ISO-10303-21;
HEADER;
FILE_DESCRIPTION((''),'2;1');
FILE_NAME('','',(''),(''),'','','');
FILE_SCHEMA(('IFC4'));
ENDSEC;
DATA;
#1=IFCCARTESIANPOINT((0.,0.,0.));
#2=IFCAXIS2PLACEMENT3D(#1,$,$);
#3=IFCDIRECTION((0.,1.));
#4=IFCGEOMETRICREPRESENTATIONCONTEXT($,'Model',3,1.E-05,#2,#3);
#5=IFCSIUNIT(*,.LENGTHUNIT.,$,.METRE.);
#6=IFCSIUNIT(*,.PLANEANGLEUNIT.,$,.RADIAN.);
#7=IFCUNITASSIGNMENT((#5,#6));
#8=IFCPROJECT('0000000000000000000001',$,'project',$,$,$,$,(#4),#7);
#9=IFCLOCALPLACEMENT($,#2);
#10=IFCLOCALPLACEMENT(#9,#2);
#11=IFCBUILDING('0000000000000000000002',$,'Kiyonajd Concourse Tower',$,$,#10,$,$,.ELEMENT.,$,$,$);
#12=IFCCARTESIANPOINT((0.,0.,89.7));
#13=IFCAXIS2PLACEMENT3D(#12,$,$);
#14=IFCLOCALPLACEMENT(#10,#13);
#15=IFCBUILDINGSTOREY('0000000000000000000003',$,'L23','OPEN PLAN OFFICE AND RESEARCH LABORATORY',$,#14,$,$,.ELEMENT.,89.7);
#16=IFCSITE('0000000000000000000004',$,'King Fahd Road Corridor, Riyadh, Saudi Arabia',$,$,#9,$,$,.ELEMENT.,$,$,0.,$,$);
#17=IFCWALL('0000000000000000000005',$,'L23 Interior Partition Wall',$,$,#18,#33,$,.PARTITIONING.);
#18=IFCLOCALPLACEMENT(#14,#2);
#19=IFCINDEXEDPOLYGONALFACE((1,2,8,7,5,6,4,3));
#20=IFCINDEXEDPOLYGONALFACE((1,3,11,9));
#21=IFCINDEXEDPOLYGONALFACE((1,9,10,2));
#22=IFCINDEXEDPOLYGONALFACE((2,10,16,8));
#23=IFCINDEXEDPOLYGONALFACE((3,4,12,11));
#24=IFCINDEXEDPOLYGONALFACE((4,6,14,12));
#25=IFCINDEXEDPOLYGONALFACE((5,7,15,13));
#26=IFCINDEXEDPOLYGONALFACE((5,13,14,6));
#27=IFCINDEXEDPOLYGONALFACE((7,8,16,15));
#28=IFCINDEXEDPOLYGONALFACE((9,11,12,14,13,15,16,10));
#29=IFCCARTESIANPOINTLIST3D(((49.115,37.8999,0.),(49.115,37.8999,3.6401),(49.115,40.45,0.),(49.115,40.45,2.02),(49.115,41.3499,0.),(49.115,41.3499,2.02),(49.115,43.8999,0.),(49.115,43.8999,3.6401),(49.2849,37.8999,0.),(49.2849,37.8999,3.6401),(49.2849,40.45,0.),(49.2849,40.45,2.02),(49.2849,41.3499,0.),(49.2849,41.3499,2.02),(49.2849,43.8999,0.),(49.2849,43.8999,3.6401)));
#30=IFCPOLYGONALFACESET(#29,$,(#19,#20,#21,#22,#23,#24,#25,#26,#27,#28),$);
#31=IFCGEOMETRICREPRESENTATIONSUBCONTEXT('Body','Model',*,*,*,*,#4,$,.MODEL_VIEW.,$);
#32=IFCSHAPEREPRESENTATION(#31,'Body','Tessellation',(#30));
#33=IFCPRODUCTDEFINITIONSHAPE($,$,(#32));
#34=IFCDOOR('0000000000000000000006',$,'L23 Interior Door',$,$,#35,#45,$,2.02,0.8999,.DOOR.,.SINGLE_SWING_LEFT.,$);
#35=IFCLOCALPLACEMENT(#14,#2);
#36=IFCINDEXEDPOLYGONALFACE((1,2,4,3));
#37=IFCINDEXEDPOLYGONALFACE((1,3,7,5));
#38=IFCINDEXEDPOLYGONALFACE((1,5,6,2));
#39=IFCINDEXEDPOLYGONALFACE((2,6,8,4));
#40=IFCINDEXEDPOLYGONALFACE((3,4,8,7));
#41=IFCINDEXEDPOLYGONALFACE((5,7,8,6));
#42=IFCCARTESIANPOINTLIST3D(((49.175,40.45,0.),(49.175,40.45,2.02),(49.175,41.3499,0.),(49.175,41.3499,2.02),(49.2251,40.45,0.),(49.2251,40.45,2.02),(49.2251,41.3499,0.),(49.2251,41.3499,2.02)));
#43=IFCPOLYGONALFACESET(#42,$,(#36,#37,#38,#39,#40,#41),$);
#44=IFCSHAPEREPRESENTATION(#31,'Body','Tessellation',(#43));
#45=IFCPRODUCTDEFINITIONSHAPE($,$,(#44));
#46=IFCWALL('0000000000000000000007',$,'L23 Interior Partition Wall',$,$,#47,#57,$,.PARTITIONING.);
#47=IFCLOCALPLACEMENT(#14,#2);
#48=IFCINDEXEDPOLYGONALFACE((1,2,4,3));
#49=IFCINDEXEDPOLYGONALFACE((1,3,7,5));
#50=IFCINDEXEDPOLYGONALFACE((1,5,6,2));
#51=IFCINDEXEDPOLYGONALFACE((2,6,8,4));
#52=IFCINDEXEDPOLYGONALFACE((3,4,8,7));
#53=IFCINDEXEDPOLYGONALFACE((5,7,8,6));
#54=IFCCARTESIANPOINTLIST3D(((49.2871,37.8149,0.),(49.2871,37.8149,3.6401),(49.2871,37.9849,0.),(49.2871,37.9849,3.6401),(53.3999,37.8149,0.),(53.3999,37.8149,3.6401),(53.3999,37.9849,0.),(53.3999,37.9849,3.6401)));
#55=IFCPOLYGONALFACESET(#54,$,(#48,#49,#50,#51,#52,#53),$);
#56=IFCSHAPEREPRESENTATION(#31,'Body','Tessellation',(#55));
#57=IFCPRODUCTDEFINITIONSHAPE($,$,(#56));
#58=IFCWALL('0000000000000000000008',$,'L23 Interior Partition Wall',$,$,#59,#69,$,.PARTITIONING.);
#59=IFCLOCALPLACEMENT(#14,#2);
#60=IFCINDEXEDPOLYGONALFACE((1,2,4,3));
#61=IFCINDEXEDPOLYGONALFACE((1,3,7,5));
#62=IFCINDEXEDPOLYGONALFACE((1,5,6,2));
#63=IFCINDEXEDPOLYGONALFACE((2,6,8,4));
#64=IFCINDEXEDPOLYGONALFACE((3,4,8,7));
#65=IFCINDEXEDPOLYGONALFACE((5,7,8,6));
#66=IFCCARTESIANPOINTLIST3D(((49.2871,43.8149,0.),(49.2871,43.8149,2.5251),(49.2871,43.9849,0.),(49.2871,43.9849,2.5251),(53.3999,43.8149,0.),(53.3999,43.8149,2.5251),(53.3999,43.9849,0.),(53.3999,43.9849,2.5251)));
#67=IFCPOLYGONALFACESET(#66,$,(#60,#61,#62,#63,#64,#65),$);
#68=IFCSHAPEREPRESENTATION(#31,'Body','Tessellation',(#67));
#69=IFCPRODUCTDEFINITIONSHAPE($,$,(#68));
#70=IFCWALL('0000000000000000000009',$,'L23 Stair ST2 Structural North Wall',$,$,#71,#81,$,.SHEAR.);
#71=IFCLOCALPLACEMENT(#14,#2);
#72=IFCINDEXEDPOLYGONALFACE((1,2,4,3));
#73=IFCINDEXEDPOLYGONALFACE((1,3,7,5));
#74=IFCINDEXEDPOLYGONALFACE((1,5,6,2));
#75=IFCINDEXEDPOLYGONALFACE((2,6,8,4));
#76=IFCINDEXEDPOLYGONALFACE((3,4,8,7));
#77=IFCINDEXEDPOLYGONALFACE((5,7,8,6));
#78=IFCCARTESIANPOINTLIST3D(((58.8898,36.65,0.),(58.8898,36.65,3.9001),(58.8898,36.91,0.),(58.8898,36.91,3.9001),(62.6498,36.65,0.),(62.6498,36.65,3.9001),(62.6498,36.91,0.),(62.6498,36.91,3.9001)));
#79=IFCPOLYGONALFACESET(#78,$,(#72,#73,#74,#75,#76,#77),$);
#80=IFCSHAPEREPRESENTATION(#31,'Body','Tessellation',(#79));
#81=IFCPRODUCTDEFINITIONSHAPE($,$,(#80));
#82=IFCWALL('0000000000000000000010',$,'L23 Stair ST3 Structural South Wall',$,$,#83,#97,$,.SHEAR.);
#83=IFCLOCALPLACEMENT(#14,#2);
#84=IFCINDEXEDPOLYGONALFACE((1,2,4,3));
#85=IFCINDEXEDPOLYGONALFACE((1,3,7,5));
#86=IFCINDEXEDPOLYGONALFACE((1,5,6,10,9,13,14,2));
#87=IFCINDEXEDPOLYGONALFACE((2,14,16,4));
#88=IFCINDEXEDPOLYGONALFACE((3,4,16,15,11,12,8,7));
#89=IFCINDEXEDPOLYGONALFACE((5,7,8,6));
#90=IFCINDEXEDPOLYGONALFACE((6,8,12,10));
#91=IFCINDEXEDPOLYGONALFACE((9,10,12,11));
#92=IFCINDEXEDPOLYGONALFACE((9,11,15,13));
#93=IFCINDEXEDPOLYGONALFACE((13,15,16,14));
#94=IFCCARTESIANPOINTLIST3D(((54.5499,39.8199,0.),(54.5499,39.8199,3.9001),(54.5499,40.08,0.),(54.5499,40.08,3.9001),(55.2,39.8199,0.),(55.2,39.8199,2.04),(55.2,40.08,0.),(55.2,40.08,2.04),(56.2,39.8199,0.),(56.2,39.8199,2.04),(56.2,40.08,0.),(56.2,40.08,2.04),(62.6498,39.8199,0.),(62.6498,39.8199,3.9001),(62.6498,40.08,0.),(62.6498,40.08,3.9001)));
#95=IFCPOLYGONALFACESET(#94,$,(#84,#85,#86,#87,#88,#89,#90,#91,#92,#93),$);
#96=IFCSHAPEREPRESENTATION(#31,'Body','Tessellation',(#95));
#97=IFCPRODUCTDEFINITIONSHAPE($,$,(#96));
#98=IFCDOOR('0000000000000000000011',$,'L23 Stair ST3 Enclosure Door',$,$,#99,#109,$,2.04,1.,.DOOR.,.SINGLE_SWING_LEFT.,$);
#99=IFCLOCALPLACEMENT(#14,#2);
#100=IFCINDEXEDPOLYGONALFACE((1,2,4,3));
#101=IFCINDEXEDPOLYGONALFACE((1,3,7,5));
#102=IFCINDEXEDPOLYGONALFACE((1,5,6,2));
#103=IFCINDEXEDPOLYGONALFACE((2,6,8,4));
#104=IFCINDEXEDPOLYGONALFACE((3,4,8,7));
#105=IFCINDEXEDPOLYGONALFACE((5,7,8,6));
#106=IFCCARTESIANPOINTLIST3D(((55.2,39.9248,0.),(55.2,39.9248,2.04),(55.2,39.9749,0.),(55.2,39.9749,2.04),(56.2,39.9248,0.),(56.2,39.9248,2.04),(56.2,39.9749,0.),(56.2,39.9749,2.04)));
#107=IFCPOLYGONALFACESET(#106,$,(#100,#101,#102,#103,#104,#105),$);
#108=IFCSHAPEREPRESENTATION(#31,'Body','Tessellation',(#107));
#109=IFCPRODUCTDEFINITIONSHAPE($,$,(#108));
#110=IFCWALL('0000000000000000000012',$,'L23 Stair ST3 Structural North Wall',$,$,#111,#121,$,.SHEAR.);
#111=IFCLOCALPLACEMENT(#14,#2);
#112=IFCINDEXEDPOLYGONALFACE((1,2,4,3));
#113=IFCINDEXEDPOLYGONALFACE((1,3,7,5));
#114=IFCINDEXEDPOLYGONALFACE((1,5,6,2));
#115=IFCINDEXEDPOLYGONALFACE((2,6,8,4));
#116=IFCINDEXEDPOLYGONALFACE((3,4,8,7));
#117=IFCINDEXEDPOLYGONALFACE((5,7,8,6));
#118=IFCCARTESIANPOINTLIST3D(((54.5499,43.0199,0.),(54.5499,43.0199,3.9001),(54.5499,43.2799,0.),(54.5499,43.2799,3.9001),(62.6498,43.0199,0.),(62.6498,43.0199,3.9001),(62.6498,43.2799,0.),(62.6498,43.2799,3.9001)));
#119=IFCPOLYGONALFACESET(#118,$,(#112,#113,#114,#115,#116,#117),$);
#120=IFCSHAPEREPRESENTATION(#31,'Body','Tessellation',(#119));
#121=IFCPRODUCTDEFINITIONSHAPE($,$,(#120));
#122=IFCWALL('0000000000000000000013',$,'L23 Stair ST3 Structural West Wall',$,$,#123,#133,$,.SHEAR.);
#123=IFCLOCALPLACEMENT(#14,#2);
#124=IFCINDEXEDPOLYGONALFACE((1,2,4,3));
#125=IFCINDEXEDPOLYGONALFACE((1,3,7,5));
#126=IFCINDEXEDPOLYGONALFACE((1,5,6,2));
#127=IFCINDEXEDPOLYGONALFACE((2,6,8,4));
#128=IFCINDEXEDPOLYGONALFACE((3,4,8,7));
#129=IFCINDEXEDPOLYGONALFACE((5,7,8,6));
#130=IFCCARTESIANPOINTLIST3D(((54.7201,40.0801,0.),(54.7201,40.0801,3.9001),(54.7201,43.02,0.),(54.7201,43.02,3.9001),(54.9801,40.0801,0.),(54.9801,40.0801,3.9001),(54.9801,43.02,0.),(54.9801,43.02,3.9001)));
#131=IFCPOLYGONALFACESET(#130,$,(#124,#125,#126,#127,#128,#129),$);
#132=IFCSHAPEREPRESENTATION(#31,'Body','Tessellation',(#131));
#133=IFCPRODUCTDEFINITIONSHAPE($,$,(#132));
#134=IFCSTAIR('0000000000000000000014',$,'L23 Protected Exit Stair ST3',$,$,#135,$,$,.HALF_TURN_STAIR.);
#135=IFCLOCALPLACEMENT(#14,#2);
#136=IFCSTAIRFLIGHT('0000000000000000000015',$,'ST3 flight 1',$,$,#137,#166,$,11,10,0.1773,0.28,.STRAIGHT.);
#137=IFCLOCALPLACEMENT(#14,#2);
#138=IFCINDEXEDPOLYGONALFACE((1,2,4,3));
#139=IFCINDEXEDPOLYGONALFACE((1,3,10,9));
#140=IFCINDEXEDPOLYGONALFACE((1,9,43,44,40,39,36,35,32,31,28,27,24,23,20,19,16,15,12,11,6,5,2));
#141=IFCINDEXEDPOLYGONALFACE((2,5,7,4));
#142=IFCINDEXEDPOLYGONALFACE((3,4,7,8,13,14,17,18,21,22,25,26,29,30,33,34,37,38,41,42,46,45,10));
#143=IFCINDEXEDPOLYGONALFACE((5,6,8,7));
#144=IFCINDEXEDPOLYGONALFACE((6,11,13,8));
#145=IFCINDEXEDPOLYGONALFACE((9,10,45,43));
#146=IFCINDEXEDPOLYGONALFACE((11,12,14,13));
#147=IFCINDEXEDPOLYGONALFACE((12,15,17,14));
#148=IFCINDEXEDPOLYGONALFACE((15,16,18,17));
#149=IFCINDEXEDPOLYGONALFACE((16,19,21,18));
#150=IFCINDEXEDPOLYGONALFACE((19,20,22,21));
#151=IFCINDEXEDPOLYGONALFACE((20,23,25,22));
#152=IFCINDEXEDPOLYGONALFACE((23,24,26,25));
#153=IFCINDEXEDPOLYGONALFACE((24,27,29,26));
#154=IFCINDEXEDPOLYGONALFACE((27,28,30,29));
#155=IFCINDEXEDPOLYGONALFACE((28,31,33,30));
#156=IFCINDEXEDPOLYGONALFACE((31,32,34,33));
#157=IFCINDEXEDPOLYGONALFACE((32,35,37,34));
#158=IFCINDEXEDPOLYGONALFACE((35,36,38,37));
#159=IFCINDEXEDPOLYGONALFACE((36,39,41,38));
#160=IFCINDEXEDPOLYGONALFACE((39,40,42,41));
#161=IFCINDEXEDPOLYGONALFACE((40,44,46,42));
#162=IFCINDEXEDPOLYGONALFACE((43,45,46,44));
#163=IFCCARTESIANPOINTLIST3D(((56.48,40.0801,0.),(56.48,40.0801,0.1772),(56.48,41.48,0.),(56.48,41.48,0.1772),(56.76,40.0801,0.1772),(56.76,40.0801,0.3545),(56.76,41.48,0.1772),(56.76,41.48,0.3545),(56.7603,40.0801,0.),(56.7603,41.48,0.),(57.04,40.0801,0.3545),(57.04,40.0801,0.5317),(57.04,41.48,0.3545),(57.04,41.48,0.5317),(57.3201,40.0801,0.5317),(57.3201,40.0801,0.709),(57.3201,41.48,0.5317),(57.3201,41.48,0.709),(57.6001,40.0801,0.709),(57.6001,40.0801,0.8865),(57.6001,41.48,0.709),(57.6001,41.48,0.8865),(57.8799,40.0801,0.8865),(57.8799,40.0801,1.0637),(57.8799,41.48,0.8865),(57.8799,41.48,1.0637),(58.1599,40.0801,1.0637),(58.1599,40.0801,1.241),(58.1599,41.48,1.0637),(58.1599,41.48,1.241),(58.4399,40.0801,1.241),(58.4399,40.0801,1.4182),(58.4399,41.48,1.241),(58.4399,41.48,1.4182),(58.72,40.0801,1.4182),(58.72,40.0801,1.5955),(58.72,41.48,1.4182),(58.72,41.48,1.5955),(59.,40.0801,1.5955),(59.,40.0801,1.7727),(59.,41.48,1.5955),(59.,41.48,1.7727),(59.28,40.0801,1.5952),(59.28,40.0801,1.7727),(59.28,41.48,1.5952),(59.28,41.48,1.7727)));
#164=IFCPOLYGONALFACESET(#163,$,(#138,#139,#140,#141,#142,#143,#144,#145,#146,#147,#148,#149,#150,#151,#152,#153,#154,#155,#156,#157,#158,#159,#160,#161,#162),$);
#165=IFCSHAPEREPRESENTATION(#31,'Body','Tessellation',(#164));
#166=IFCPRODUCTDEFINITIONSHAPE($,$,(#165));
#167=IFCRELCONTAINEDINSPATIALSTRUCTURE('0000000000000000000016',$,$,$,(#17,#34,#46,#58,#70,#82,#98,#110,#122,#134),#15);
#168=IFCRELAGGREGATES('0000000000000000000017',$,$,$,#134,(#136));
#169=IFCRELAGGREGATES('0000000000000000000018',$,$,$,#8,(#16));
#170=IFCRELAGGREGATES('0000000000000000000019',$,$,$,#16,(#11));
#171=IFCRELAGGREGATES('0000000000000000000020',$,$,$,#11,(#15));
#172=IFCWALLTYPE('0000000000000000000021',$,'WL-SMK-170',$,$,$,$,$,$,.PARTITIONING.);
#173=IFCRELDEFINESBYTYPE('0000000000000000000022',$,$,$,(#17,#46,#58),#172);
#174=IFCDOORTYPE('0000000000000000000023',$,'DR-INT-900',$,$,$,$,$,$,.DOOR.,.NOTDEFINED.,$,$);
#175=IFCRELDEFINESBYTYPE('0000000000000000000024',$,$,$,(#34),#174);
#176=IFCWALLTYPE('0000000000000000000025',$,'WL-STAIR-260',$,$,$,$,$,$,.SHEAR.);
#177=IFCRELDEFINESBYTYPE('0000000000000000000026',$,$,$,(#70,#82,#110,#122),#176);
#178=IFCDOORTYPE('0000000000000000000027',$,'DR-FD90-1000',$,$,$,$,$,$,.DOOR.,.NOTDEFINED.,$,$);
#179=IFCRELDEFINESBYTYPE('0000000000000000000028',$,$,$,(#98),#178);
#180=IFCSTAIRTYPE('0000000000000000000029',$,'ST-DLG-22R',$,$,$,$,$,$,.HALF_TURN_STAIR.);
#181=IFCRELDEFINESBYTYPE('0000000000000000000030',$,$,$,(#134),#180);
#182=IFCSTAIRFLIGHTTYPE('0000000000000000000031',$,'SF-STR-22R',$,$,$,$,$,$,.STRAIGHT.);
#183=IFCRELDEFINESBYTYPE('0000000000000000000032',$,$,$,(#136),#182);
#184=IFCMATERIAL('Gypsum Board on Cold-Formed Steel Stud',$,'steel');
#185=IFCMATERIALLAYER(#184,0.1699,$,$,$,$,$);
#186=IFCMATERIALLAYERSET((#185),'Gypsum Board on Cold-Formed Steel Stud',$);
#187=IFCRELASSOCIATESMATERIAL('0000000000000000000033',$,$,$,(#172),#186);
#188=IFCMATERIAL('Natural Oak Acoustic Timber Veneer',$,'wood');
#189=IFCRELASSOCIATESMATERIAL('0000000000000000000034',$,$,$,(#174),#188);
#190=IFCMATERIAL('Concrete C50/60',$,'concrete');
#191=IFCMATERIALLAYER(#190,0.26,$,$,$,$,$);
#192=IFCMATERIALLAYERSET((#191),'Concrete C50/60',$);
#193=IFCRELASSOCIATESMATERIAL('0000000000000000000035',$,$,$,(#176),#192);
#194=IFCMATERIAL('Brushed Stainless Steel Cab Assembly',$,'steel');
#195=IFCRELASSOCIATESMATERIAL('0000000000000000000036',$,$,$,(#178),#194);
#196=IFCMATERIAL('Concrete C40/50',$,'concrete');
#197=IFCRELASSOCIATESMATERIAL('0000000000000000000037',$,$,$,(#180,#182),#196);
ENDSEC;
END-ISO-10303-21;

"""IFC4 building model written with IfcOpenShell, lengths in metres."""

from ifc_helpers import new_model, si_unit, direction, frame, frame_2d, origin, place, context, subcontext, project, spatial, polyline, rectangle, outline, extrude, material, layer, layer_set, type_object, element, fill, aggregate, save


model = new_model("IFC4")

# Units and contexts
model_context = context("Model", 3, precision=1e-05, world=origin(), true_north=direction((0.0, 1.0)))
body_context = subcontext(model_context, "Body", "Model", "MODEL_VIEW")
ifc_project = project(units=[si_unit("LENGTHUNIT", "METRE"), si_unit("PLANEANGLEUNIT", "RADIAN")], contexts=[model_context])

# Site, building, storey
site_placement = place(None, origin())
site = spatial("IfcSite", under=ifc_project, at=site_placement, Name="King Fahd Road Corridor, Riyadh, Saudi Arabia", CompositionType="ELEMENT", RefElevation=0.0)
building_placement = place(site_placement, origin())
building = spatial("IfcBuilding", under=site, at=building_placement, Name="Kiyonajd Concourse Tower", CompositionType="ELEMENT")
storey_placement = place(building_placement, frame((0.0, 0.0, 89.7)))
storey = spatial("IfcBuildingStorey", under=building, at=storey_placement, Name="L23", Description="OPEN PLAN OFFICE AND RESEARCH LABORATORY", CompositionType="ELEMENT", Elevation=89.7)

# Shared definitions
ifc_material_1 = material(Name="Concrete C50/60", Category="concrete")

# Shared definitions
ifc_material_2 = material(Name="Gypsum Board on Cold-Formed Steel Stud", Category="steel")
ifc_layer_1 = layer(ifc_material_2, 0.1699)
ifc_layer_set_1 = layer_set([ifc_layer_1], Name="Gypsum Board on Cold-Formed Steel Stud")
wall_type_1 = type_object("IfcWallType", Name="WL-SMK-170", PredefinedType="PARTITIONING", material=ifc_layer_set_1)

# Shared definitions
ifc_material_3 = material(Name="Brushed Stainless Steel Cab Assembly", Category="steel")

# Wall, opening, door
wall_1_placement = place(storey_placement, frame((49.2, 37.8999, 0.0), z_axis=(0.0, 0.0, 1.0), x_axis=(0.0, 1.0, 0.0)))
wall_1 = element("IfcWall", 1, at=wall_1_placement, inside=storey, type_object=wall_type_1, Name="L23 Interior Partition Wall", PredefinedType="PARTITIONING", context=body_context, shape_type="SweptSolid", body=[
    extrude(rectangle(XDim=6.0, YDim=0.1699, at=frame_2d((3.0, 0.0))), origin(), (0.0, 0.0, 1.0), 3.6401),
])
opening_1_placement = place(wall_1_placement, frame((2.55, 0.0, 0.0)))
opening_1 = element("IfcOpeningElement", 2, at=opening_1_placement, cuts=wall_1, PredefinedType="OPENING", context=body_context, shape_type="SweptSolid", body=[
    extrude(rectangle(XDim=0.8999, YDim=2.02, at=frame_2d((0.45, 1.01))), frame((0.0, 0.095, 0.0), z_axis=(0.0, -1.0, 0.0), x_axis=(1.0, 0.0, 0.0)), (0.0, 0.0, 1.0), 0.1899),
])
ifc_material_4 = material(Name="Natural Oak Acoustic Timber Veneer", Category="wood")
door_type_1 = type_object("IfcDoorType", Name="DR-INT-900", OperationType="NOTDEFINED", PredefinedType="DOOR", material=ifc_material_4)
door_1_placement = place(opening_1_placement, origin())
door_1 = element("IfcDoor", 3, at=door_1_placement, inside=storey, type_object=door_type_1, Name="L23 Interior Door", OperationType="SINGLE_SWING_LEFT", OverallHeight=2.02, OverallWidth=0.8999, PredefinedType="DOOR", context=body_context, shape_type="SweptSolid", body=[
    extrude(rectangle(XDim=0.8999, YDim=2.02, at=frame_2d((0.45, 1.01))), frame((0.0, 0.0249, 0.0), z_axis=(0.0, -1.0, 0.0), x_axis=(1.0, 0.0, 0.0)), (0.0, 0.0, 1.0), 0.05),
])
fill(opening_1, door_1)

# Walls
wall_2_placement = place(storey_placement, frame((49.2871, 37.8999, 0.0), z_axis=(0.0, 0.0, 1.0), x_axis=(1.0, 0.0, 0.0)))
element("IfcWall", 4, at=wall_2_placement, inside=storey, type_object=wall_type_1, Name="L23 Interior Partition Wall", PredefinedType="PARTITIONING", context=body_context, shape_type="SweptSolid", body=[
    extrude(rectangle(XDim=4.1128, YDim=0.1699, at=frame_2d((2.0564, 0.0))), origin(), (0.0, 0.0, 1.0), 3.6401),
])
wall_3_placement = place(storey_placement, frame((49.2871, 43.8999, 0.0), z_axis=(0.0, 0.0, 1.0), x_axis=(1.0, 0.0, 0.0)))
element("IfcWall", 5, at=wall_3_placement, inside=storey, type_object=wall_type_1, Name="L23 Interior Partition Wall", PredefinedType="PARTITIONING", context=body_context, shape_type="SweptSolid", body=[
    extrude(rectangle(XDim=4.1128, YDim=0.1699, at=frame_2d((2.0564, 0.0))), origin(), (0.0, 0.0, 1.0), 2.5251),
])
ifc_layer_2 = layer(ifc_material_1, 0.26)
ifc_layer_set_2 = layer_set([ifc_layer_2], Name="Concrete C50/60")
wall_type_2 = type_object("IfcWallType", Name="WL-STAIR-260", PredefinedType="SHEAR", material=ifc_layer_set_2)
wall_4_placement = place(storey_placement, frame((58.8899, 36.78, 0.0), z_axis=(0.0, 0.0, 1.0), x_axis=(1.0, 0.0, 0.0)))
element("IfcWall", 6, at=wall_4_placement, inside=storey, type_object=wall_type_2, Name="L23 Stair ST2 Structural North Wall", PredefinedType="SHEAR", context=body_context, shape_type="SweptSolid", body=[
    extrude(rectangle(XDim=3.76, YDim=0.26, at=frame_2d((1.8799, 0.0))), origin(), (0.0, 0.0, 1.0), 3.9001),
])

# Wall, opening, door
wall_5_placement = place(storey_placement, frame((54.55, 39.95, 0.0), z_axis=(0.0, 0.0, 1.0), x_axis=(1.0, 0.0, 0.0)))
wall_5 = element("IfcWall", 7, at=wall_5_placement, inside=storey, type_object=wall_type_2, Name="L23 Stair ST3 Structural South Wall", PredefinedType="SHEAR", context=body_context, shape_type="SweptSolid", body=[
    extrude(rectangle(XDim=8.0999, YDim=0.26, at=frame_2d((4.0498, 0.0))), origin(), (0.0, 0.0, 1.0), 3.9001),
])
opening_2_placement = place(wall_5_placement, frame((0.6499, 0.0, 0.0)))
opening_2 = element("IfcOpeningElement", 8, at=opening_2_placement, cuts=wall_5, PredefinedType="OPENING", context=body_context, shape_type="SweptSolid", body=[
    extrude(rectangle(XDim=1.0, YDim=2.04, at=frame_2d((0.5, 1.02))), frame((0.0, 0.1399, 0.0), z_axis=(0.0, -1.0, 0.0), x_axis=(1.0, 0.0, 0.0)), (0.0, 0.0, 1.0), 0.28),
])
door_type_2 = type_object("IfcDoorType", Name="DR-FD90-1000", OperationType="NOTDEFINED", PredefinedType="DOOR", material=ifc_material_3)
door_2_placement = place(opening_2_placement, origin())
door_2 = element("IfcDoor", 9, at=door_2_placement, inside=storey, type_object=door_type_2, Name="L23 Stair ST3 Enclosure Door", OperationType="SINGLE_SWING_LEFT", OverallHeight=2.04, OverallWidth=1.0, PredefinedType="DOOR", context=body_context, shape_type="SweptSolid", body=[
    extrude(rectangle(XDim=1.0, YDim=2.04, at=frame_2d((0.5, 1.02))), frame((0.0, 0.0249, 0.0), z_axis=(0.0, -1.0, 0.0), x_axis=(1.0, 0.0, 0.0)), (0.0, 0.0, 1.0), 0.05),
])
fill(opening_2, door_2)

# Walls
wall_6_placement = place(storey_placement, frame((54.55, 43.1499, 0.0), z_axis=(0.0, 0.0, 1.0), x_axis=(1.0, 0.0, 0.0)))
element("IfcWall", 10, at=wall_6_placement, inside=storey, type_object=wall_type_2, Name="L23 Stair ST3 Structural North Wall", PredefinedType="SHEAR", context=body_context, shape_type="SweptSolid", body=[
    extrude(rectangle(XDim=8.0999, YDim=0.26, at=frame_2d((4.0498, 0.0))), origin(), (0.0, 0.0, 1.0), 3.9001),
])
wall_7_placement = place(storey_placement, frame((54.8501, 40.0801, 0.0), z_axis=(0.0, 0.0, 1.0), x_axis=(0.0, 1.0, 0.0)))
element("IfcWall", 11, at=wall_7_placement, inside=storey, type_object=wall_type_2, Name="L23 Stair ST3 Structural West Wall", PredefinedType="SHEAR", context=body_context, shape_type="SweptSolid", body=[
    extrude(rectangle(XDim=2.9399, YDim=0.26, at=frame_2d((1.47, 0.0))), origin(), (0.0, 0.0, 1.0), 3.9001),
])

# Stair, stair flight
ifc_material_5 = material(Name="Concrete C40/50", Category="concrete")
stair_type = type_object("IfcStairType", Name="ST-DLG-22R", PredefinedType="HALF_TURN_STAIR", material=ifc_material_5)
stair_placement = place(storey_placement, origin())
stair = element("IfcStair", 12, at=stair_placement, inside=storey, type_object=stair_type, Name="L23 Protected Exit Stair ST3", PredefinedType="HALF_TURN_STAIR")
stair_flight_type = type_object("IfcStairFlightType", Name="SF-STR-22R", PredefinedType="STRAIGHT", material=ifc_material_5)
stair_flight_1_placement = place(storey_placement, frame((56.48, 40.78, 0.0), z_axis=(0.0, 0.0, 1.0), x_axis=(1.0, 0.0, 0.0)))
stair_flight_1 = element("IfcStairFlight", 13, at=stair_flight_1_placement, type_object=stair_flight_type, Name="ST3 flight 1", NumberOfRisers=11, NumberOfTreads=10, PredefinedType="STRAIGHT", RiserHeight=0.1773, TreadLength=0.28, context=body_context, shape_type="SweptSolid", body=[
    extrude(outline(polyline([(0.0, 0.0), (0.0, 0.1772), (0.28, 0.1772), (0.28, 0.3545), (0.5601, 0.3545), (0.5601, 0.5317), (0.8401, 0.5317), (0.8401, 0.709), (1.1201, 0.709), (1.1201, 0.8865), (1.3999, 0.8865), (1.3999, 1.0637), (1.6799, 1.0637), (1.6799, 1.241), (1.96, 1.241), (1.96, 1.4182), (2.24, 1.4182), (2.24, 1.5955), (2.52, 1.5955), (2.52, 1.7727), (2.8, 1.7727), (2.8, 1.95), (2.8, 1.5952), (0.2803, 0.0), (0.0, 0.0)])), frame((0.0, 0.7, 0.0), z_axis=(0.0, -1.0, 0.0), x_axis=(1.0, 0.0, 0.0)), (0.0, 0.0, 1.0), 1.3999),
])
aggregate(stair, [stair_flight_1])

save(model, "model.ifc")
